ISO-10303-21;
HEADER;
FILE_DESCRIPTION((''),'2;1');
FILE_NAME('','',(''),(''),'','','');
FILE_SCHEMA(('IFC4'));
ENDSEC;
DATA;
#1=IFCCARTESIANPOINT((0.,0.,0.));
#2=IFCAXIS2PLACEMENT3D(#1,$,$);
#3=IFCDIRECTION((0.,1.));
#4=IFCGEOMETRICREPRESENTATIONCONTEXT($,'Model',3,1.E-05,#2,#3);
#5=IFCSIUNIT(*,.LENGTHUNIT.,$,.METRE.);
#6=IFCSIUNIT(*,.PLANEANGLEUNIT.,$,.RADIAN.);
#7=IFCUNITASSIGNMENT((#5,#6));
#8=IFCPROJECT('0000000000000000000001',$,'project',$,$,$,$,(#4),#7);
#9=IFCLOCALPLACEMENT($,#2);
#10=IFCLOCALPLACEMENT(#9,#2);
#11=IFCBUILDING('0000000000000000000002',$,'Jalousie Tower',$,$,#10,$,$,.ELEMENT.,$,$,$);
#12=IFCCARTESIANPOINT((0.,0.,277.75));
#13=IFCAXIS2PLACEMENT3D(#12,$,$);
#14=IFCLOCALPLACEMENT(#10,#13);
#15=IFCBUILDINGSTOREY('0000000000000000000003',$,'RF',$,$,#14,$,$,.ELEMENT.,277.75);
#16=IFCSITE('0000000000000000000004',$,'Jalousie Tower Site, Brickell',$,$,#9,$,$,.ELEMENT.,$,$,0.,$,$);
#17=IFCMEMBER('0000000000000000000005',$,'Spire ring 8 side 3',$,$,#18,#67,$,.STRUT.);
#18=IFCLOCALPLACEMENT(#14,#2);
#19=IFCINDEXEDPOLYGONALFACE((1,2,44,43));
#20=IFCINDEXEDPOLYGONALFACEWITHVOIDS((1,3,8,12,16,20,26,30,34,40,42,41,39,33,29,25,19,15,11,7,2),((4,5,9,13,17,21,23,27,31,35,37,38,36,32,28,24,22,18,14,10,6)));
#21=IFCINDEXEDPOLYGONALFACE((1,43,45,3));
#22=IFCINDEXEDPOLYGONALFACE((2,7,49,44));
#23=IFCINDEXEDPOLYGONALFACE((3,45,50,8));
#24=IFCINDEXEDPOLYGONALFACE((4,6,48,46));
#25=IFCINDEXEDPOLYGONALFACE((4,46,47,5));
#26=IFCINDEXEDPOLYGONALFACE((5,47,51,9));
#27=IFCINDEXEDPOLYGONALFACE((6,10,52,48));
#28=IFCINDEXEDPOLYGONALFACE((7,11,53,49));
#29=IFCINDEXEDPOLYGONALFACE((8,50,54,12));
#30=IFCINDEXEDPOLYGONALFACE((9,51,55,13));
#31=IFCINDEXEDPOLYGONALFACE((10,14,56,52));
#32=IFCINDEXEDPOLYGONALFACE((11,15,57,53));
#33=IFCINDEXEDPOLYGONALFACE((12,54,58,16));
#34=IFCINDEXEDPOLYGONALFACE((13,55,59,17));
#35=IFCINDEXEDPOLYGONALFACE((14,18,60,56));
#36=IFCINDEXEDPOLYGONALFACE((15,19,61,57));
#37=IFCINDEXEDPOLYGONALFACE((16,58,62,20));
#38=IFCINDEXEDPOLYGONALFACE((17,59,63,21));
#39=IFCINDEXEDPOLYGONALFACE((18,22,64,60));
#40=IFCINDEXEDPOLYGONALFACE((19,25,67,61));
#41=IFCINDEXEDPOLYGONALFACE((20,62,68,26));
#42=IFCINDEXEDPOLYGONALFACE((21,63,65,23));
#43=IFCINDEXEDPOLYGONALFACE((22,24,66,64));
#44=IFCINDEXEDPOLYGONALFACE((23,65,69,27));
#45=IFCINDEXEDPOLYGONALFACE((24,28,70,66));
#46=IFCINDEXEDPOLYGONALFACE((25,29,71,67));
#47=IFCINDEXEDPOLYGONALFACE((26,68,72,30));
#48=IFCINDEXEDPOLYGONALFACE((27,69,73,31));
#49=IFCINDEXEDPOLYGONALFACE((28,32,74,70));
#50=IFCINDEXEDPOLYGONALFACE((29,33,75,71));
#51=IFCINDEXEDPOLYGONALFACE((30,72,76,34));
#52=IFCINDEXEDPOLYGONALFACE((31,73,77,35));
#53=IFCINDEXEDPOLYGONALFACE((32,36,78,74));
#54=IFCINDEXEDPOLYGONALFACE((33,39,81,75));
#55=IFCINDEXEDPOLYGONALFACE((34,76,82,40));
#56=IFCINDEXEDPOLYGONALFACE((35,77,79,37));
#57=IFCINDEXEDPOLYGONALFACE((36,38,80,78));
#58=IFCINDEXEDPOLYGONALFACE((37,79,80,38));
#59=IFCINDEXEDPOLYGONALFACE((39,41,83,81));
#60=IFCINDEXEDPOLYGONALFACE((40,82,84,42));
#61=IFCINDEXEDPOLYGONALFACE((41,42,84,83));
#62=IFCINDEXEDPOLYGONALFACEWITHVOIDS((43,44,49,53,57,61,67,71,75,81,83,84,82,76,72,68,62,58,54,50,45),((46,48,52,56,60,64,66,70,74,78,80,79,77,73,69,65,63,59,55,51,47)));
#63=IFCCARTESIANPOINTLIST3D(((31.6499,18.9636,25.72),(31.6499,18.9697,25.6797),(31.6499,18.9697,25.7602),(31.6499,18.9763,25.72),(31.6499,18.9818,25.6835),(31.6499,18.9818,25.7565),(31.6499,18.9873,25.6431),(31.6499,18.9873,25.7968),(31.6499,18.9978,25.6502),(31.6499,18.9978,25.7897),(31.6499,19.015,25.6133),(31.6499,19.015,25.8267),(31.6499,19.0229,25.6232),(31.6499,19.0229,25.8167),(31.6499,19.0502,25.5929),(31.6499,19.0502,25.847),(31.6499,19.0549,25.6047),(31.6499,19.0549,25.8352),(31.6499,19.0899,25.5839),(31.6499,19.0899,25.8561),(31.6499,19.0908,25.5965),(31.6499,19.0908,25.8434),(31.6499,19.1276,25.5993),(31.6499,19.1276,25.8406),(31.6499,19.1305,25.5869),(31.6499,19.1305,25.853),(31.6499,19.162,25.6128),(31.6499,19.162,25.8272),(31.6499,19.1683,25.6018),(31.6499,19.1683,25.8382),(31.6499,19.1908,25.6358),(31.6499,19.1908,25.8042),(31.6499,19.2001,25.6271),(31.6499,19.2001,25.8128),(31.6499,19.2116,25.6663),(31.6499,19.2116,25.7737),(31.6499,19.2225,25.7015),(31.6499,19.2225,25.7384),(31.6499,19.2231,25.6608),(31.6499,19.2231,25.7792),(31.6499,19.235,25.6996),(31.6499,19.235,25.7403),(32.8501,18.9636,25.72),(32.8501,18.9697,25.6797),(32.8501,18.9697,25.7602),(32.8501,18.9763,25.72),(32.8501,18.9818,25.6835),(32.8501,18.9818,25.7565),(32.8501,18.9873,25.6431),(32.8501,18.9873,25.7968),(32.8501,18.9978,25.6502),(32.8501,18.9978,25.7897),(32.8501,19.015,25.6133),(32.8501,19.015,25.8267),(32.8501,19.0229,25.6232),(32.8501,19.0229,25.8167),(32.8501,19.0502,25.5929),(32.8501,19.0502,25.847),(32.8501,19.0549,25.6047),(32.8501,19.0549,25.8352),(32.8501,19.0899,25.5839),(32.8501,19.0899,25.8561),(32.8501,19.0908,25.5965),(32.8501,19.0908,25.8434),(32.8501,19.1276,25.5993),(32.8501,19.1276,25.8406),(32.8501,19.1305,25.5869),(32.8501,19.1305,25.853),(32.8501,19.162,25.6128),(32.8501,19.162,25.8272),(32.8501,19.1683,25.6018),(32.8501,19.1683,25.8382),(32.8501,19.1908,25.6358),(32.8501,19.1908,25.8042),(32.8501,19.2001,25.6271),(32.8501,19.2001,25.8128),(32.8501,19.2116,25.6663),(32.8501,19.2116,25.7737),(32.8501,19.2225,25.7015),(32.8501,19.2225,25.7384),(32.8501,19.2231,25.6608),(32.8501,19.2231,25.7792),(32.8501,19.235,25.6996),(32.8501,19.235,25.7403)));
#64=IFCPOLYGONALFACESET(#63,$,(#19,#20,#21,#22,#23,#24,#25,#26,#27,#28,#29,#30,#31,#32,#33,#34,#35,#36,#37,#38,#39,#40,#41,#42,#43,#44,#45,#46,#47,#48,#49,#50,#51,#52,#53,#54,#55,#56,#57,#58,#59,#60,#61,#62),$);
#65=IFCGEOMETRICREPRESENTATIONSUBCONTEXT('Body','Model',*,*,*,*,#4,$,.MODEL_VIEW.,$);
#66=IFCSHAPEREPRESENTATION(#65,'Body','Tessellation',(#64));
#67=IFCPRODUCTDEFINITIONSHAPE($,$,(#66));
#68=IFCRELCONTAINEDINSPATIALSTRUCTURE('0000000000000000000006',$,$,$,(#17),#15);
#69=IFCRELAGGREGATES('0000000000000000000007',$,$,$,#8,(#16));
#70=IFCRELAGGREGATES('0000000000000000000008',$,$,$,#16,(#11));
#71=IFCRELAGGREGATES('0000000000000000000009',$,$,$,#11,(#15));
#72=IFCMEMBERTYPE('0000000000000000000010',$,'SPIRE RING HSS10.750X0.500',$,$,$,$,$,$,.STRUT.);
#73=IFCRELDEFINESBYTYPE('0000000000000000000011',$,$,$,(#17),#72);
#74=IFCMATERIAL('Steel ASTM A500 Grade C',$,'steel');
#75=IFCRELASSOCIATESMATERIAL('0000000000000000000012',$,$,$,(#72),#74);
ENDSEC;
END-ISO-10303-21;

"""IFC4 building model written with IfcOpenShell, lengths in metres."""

from ifc_helpers import new_model, si_unit, direction, frame, origin, origin_2d, place, context, subcontext, project, spatial, hollow_circle, extrude, material, material_profile, profile_set, type_object, element, save


model = new_model("IFC4")

# Units and contexts
model_context = context("Model", 3, precision=1e-05, world=origin(), true_north=direction((0.0, 1.0)))
body_context = subcontext(model_context, "Body", "Model", "MODEL_VIEW")
ifc_project = project(units=[si_unit("LENGTHUNIT", "METRE"), si_unit("PLANEANGLEUNIT", "RADIAN")], contexts=[model_context])

# Site, building, storey
site_placement = place(None, origin())
site = spatial("IfcSite", under=ifc_project, at=site_placement, Name="Jalousie Tower Site, Brickell", CompositionType="ELEMENT", RefElevation=0.0)
building_placement = place(site_placement, origin())
building = spatial("IfcBuilding", under=site, at=building_placement, Name="Jalousie Tower", CompositionType="ELEMENT")
storey_placement = place(building_placement, frame((0.0, 0.0, 277.75)))
storey = spatial("IfcBuildingStorey", under=building, at=storey_placement, Name="RF", CompositionType="ELEMENT", Elevation=277.75)

# Member
ifc_material_1 = material(Name="Steel ASTM A500 Grade C", Category="steel")
ifc_material_profile_1 = material_profile(ifc_material_1, hollow_circle(Radius=0.1365, WallThickness=0.0127, at=origin_2d()), Name="HSS10.750X0.500")
ifc_profile_set_1 = profile_set([ifc_material_profile_1], Name="Steel ASTM A500 Grade C")
member_type_1 = type_object("IfcMemberType", Name="SPIRE RING HSS10.750X0.500", PredefinedType="STRUT", material=ifc_profile_set_1)
for number, where, z_axis, x_axis, name in (
    (1, (32.8501, 19.1001, 25.72), (-1.0, 0.0, 0.0), (0.0, -1.0, 0.0), "Spire ring 8 side 3"),
):
    element("IfcMember", number, at=place(storey_placement, frame(where, z_axis=z_axis, x_axis=x_axis)), inside=storey, type_object=member_type_1, Name=name, PredefinedType="STRUT", context=body_context, shape_type="SweptSolid", body=[
        extrude(hollow_circle(Radius=0.1365, WallThickness=0.0127, at=origin_2d()), origin(), (0.0, 0.0, 1.0), 1.2002),
    ])

save(model, "model.ifc")
